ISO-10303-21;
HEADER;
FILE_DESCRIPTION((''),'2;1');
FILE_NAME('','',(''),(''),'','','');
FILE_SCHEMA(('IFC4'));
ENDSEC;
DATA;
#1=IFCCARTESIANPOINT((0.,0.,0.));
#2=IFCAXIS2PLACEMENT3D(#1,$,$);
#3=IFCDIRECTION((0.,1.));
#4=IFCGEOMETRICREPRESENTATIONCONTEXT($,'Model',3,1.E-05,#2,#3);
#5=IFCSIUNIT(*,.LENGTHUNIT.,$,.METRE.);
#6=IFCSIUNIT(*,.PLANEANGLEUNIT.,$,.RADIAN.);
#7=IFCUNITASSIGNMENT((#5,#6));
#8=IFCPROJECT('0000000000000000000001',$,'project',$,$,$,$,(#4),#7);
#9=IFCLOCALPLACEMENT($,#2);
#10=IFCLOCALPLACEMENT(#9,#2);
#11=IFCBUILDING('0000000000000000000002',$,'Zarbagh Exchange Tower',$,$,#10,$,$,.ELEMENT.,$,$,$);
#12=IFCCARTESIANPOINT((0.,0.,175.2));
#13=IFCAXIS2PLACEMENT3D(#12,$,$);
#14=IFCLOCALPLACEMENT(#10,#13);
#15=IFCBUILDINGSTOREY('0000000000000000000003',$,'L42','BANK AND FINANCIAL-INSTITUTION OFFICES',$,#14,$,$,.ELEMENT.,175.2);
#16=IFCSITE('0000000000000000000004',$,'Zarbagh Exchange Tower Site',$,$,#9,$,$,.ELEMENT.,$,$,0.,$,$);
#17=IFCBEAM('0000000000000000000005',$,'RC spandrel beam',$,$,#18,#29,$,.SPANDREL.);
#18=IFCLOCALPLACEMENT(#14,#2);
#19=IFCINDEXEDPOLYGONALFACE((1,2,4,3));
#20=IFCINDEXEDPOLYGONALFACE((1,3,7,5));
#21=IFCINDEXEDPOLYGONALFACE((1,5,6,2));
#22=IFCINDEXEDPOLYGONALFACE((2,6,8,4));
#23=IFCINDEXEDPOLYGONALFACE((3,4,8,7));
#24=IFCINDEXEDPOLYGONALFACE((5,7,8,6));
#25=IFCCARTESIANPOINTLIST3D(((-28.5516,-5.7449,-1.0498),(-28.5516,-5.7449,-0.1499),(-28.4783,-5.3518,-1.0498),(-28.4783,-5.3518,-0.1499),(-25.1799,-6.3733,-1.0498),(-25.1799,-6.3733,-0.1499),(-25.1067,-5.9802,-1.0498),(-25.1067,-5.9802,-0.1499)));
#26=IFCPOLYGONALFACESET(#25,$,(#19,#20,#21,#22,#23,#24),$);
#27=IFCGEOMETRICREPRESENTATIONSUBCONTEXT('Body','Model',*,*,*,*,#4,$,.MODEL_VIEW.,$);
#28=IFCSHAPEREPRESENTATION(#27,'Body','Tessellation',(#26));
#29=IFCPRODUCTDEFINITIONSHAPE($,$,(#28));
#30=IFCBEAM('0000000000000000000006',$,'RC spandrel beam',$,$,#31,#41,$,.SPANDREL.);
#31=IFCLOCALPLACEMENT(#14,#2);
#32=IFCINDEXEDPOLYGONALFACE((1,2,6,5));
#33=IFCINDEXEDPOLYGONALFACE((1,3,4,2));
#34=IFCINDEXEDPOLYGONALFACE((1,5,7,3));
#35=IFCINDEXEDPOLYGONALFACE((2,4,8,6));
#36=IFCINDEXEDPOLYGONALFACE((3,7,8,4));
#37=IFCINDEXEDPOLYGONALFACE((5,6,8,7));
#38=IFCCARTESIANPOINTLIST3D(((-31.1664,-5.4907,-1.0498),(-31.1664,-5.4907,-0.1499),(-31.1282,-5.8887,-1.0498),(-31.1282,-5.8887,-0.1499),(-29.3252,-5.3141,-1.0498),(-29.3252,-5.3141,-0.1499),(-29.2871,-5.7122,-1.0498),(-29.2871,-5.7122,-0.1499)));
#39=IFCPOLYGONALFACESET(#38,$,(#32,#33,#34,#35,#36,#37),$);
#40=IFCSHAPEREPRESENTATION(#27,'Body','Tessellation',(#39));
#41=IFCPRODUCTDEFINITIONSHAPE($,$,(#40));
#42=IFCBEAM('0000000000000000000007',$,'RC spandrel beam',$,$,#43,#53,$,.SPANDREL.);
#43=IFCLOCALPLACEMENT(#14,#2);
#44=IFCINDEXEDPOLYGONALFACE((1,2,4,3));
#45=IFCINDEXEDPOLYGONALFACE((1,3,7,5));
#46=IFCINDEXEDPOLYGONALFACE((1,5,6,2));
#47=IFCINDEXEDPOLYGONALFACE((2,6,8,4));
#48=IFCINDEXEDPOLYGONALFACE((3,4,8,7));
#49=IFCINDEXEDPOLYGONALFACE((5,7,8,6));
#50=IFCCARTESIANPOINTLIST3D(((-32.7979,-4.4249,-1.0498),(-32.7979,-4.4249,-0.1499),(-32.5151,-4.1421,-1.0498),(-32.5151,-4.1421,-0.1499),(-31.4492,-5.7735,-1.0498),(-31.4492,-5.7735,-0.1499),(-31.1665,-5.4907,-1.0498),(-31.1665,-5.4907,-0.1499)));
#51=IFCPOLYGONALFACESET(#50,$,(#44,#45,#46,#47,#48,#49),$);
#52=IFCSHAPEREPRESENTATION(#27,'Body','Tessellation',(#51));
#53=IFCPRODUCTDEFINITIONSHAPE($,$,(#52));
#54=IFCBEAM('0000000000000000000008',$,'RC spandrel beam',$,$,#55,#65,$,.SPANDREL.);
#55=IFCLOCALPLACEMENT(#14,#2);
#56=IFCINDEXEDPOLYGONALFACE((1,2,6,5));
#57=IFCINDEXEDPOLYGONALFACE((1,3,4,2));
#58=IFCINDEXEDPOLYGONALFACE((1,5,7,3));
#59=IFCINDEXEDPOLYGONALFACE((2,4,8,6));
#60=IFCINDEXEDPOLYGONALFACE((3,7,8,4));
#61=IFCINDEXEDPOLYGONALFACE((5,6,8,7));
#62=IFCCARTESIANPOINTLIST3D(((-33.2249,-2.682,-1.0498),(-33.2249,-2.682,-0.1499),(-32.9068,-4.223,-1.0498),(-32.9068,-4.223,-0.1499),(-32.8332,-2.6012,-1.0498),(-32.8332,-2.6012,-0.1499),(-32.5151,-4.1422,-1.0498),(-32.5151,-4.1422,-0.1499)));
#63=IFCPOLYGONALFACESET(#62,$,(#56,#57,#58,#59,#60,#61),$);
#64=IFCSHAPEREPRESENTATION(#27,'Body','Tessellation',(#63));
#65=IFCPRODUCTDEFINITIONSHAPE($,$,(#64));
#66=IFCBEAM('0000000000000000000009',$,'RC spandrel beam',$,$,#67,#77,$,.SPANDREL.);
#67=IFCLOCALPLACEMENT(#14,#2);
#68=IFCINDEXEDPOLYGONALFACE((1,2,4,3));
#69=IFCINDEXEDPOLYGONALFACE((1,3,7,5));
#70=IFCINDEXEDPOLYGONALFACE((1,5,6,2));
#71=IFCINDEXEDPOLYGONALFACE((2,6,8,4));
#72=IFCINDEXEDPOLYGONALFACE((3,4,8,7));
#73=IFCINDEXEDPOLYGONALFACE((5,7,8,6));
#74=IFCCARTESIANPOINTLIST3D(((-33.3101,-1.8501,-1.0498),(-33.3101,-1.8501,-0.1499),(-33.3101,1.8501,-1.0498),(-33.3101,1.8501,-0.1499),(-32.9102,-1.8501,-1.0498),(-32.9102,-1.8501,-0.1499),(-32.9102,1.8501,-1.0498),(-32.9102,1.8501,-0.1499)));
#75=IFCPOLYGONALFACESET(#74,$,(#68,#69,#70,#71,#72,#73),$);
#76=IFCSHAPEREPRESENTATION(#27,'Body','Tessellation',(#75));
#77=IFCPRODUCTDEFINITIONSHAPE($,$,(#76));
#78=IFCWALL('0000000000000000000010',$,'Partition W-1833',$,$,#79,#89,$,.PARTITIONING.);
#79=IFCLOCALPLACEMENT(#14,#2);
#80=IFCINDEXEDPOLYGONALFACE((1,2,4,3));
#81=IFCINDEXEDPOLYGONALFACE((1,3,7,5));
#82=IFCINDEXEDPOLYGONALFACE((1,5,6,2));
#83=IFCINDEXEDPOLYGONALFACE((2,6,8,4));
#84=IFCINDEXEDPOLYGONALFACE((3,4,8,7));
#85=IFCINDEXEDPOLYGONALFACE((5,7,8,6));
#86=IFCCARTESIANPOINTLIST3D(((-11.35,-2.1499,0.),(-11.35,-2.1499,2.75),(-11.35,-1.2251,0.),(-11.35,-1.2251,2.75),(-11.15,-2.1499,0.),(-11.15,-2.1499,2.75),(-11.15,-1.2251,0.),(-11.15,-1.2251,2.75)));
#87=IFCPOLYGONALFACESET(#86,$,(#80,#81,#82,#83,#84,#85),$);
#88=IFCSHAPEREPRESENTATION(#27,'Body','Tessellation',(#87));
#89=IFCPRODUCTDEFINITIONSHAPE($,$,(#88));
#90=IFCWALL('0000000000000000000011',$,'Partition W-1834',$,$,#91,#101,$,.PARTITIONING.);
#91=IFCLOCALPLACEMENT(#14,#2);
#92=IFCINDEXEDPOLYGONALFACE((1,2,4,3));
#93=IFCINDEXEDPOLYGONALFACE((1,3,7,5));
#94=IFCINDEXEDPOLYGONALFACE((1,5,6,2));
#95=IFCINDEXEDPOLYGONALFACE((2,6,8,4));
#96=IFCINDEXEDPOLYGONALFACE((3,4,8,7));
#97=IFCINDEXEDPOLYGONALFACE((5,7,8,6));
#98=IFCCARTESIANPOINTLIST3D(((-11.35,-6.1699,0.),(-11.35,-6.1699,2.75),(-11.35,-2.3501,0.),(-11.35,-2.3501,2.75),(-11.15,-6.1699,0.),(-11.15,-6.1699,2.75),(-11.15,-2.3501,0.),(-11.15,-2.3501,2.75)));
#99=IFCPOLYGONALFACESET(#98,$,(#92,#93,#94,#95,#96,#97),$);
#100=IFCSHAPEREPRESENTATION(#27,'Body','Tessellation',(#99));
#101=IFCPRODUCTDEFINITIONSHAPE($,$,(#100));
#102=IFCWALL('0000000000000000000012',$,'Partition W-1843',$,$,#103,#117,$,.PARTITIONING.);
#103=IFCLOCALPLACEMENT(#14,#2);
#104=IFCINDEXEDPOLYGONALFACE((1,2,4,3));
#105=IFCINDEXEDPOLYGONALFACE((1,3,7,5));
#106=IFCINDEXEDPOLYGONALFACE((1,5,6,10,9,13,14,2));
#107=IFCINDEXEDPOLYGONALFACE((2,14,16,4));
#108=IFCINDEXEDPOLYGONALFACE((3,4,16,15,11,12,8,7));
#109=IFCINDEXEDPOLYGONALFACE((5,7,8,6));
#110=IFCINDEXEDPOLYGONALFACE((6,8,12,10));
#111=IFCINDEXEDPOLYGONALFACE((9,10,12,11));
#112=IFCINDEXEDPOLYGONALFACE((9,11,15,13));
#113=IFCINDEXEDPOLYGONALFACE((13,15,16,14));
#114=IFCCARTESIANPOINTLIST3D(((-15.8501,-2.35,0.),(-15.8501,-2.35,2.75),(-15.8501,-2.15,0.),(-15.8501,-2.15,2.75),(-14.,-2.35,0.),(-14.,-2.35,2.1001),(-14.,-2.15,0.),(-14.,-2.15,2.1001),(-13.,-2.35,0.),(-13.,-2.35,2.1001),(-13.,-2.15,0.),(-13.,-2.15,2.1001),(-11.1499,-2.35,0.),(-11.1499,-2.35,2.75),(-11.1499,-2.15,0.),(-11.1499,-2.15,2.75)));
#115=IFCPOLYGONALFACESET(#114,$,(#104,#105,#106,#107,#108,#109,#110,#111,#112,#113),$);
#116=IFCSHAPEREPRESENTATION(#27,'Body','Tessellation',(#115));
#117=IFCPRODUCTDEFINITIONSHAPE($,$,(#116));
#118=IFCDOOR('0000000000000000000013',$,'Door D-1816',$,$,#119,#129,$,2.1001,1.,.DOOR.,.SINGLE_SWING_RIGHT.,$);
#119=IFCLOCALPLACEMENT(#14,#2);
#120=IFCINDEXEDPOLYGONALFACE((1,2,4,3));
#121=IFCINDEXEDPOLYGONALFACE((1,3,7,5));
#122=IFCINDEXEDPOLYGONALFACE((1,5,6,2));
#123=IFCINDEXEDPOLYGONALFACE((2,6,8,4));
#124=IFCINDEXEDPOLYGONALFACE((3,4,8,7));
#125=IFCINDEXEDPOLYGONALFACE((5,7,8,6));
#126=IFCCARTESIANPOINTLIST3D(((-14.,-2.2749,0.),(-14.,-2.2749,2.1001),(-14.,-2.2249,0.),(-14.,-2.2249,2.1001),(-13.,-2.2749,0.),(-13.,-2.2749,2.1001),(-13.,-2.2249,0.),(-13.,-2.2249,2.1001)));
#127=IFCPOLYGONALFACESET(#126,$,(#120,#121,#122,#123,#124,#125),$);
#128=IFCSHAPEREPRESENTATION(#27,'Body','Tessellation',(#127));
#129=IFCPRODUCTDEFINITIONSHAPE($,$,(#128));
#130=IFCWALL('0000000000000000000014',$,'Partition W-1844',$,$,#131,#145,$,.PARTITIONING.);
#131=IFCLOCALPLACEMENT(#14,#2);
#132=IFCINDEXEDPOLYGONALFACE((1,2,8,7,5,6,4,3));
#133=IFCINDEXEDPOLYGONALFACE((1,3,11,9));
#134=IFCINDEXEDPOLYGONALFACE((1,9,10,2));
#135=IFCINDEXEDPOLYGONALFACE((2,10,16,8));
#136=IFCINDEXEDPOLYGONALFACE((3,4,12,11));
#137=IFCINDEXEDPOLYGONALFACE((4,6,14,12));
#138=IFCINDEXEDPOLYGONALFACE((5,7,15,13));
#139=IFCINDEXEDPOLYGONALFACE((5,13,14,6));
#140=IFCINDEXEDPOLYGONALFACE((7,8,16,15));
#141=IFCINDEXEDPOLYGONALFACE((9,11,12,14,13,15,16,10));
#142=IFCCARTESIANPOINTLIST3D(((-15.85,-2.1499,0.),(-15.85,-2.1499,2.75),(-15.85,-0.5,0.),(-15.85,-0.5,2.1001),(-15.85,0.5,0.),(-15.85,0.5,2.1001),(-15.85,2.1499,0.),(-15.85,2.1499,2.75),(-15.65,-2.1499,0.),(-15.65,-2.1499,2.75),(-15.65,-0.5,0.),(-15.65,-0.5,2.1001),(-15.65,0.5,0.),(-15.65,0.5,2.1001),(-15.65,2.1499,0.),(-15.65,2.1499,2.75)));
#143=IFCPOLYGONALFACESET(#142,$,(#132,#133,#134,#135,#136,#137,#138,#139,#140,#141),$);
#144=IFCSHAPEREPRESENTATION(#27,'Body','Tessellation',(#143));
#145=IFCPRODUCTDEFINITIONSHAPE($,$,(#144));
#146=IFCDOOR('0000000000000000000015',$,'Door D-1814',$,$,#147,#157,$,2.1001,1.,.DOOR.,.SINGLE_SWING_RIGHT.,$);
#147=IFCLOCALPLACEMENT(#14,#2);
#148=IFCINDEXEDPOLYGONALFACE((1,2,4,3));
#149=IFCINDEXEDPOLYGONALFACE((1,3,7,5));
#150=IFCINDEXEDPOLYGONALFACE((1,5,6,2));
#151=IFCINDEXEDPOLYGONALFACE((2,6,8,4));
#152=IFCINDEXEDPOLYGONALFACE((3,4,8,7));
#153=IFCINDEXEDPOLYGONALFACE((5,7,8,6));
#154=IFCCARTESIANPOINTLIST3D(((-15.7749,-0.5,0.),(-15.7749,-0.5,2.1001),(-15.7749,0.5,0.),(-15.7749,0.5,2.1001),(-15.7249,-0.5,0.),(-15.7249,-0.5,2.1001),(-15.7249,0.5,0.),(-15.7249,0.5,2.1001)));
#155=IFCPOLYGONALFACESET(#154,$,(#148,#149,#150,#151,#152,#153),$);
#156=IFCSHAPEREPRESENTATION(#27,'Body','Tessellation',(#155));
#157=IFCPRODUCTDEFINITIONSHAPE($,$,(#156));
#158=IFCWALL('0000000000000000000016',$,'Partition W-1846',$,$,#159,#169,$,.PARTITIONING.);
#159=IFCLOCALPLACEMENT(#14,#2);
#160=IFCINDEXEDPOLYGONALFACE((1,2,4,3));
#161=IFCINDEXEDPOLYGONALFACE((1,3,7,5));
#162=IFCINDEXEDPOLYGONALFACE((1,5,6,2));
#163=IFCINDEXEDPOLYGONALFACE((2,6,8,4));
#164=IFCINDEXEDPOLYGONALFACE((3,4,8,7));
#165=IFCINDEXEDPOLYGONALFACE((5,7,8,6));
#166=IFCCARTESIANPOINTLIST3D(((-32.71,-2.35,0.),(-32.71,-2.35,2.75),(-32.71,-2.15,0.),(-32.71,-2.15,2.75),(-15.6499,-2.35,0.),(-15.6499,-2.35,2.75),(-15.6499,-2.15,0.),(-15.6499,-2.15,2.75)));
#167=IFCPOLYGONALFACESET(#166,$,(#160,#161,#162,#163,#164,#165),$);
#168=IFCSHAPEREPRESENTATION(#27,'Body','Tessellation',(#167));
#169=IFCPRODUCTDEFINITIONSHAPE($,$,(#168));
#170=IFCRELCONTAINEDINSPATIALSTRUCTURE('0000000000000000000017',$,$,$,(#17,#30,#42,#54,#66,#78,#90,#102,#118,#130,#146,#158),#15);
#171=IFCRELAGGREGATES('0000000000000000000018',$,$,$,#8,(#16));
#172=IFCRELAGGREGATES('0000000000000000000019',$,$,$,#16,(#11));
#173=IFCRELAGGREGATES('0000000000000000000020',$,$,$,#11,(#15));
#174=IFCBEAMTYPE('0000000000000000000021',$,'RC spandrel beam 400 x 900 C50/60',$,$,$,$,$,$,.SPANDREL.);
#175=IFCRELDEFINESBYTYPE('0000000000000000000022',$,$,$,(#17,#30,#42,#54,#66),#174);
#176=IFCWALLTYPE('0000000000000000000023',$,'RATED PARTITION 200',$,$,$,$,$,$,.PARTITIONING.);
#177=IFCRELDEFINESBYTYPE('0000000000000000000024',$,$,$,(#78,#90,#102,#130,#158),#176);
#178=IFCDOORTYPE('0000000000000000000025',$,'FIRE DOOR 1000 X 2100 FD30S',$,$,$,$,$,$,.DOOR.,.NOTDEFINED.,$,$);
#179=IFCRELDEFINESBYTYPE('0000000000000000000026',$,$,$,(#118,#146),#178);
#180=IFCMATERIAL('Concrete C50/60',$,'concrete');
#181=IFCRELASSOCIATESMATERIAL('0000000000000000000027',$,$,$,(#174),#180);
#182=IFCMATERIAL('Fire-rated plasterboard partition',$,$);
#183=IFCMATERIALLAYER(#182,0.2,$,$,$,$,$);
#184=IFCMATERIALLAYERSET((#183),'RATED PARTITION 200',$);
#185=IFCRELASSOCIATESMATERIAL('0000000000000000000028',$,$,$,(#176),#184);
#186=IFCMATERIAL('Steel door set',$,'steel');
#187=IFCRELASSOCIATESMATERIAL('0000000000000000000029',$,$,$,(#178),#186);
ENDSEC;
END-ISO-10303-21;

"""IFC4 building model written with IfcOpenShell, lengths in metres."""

from ifc_helpers import new_model, si_unit, direction, frame, frame_2d, origin, origin_2d, place, context, subcontext, project, spatial, rectangle, extrude, material, layer, layer_set, material_profile, profile_set, type_object, element, fill, save


model = new_model("IFC4")

# Units and contexts
model_context = context("Model", 3, precision=1e-05, world=origin(), true_north=direction((0.0, 1.0)))
body_context = subcontext(model_context, "Body", "Model", "MODEL_VIEW")
ifc_project = project(units=[si_unit("LENGTHUNIT", "METRE"), si_unit("PLANEANGLEUNIT", "RADIAN")], contexts=[model_context])

# Site, building, storey
site_placement = place(None, origin())
site = spatial("IfcSite", under=ifc_project, at=site_placement, Name="Zarbagh Exchange Tower Site", CompositionType="ELEMENT", RefElevation=0.0)
building_placement = place(site_placement, origin())
building = spatial("IfcBuilding", under=site, at=building_placement, Name="Zarbagh Exchange Tower", CompositionType="ELEMENT")
storey_placement = place(building_placement, frame((0.0, 0.0, 175.2)))
storey = spatial("IfcBuildingStorey", under=building, at=storey_placement, Name="L42", Description="BANK AND FINANCIAL-INSTITUTION OFFICES", CompositionType="ELEMENT", Elevation=175.2)

# Shared definitions
ifc_material_1 = material(Name="Concrete C50/60", Category="concrete")

# Beams
ifc_material_profile_1 = material_profile(ifc_material_1, rectangle(XDim=0.3999, YDim=0.8999, at=origin_2d()), Name="RC spandrel beam 400 x 900 C50/60")
ifc_profile_set_1 = profile_set([ifc_material_profile_1], Name="Concrete C50/60")
beam_type_1 = type_object("IfcBeamType", Name="RC spandrel beam 400 x 900 C50/60", PredefinedType="SPANDREL", material=ifc_profile_set_1)
beam_1_placement = place(storey_placement, frame((-25.1433, -6.1768, -0.5999), z_axis=(-0.98307, 0.183231, 0.0), x_axis=(-0.183231, -0.98307, 0.0)))
element("IfcBeam", 1, at=beam_1_placement, inside=storey, type_object=beam_type_1, Name="RC spandrel beam", PredefinedType="SPANDREL", context=body_context, shape_type="SweptSolid", body=[
    extrude(rectangle(XDim=0.3999, YDim=0.8999, at=origin_2d()), origin(), (0.0, 0.0, 1.0), 3.4297),
])
beam_2_placement = place(storey_placement, frame((-29.3062, -5.5132, -0.5999), z_axis=(-0.995435, -0.095438, 0.0), x_axis=(0.095438, -0.995435, 0.0)))
element("IfcBeam", 2, at=beam_2_placement, inside=storey, type_object=beam_type_1, Name="RC spandrel beam", PredefinedType="SPANDREL", context=body_context, shape_type="SweptSolid", body=[
    extrude(rectangle(XDim=0.3999, YDim=0.8999, at=origin_2d()), origin(), (0.0, 0.0, 1.0), 1.8496),
])
beam_3_placement = place(storey_placement, frame((-31.3079, -5.6321, -0.5999), z_axis=(-0.707107, 0.707107, 0.0), x_axis=(-0.707107, -0.707107, 0.0)))
element("IfcBeam", 3, at=beam_3_placement, inside=storey, type_object=beam_type_1, Name="RC spandrel beam", PredefinedType="SPANDREL", context=body_context, shape_type="SweptSolid", body=[
    extrude(rectangle(XDim=0.3999, YDim=0.8999, at=origin_2d()), origin(), (0.0, 0.0, 1.0), 1.9072),
])
beam_4_placement = place(storey_placement, frame((-32.7109, -4.1826, -0.5999), z_axis=(-0.202169, 0.979351, 0.0), x_axis=(-0.979351, -0.202169, 0.0)))
element("IfcBeam", 4, at=beam_4_placement, inside=storey, type_object=beam_type_1, Name="RC spandrel beam", PredefinedType="SPANDREL", context=body_context, shape_type="SweptSolid", body=[
    extrude(rectangle(XDim=0.3999, YDim=0.8999, at=origin_2d()), origin(), (0.0, 0.0, 1.0), 1.5735),
])
beam_5_placement = place(storey_placement, frame((-33.1101, -1.8501, -0.5999), z_axis=(0.0, 1.0, 0.0), x_axis=(-1.0, 0.0, 0.0)))
element("IfcBeam", 5, at=beam_5_placement, inside=storey, type_object=beam_type_1, Name="RC spandrel beam", PredefinedType="SPANDREL", context=body_context, shape_type="SweptSolid", body=[
    extrude(rectangle(XDim=0.3999, YDim=0.8999, at=origin_2d()), origin(), (0.0, 0.0, 1.0), 3.7002),
])

# Walls
ifc_material_2 = material(Name="Fire-rated plasterboard partition")
ifc_layer = layer(ifc_material_2, 0.2)
ifc_layer_set = layer_set([ifc_layer], Name="RATED PARTITION 200")
wall_type = type_object("IfcWallType", Name="RATED PARTITION 200", PredefinedType="PARTITIONING", material=ifc_layer_set)
wall_1_placement = place(storey_placement, frame((-11.25, -2.1499, 0.0), z_axis=(0.0, 0.0, 1.0), x_axis=(0.0, 1.0, 0.0)))
element("IfcWall", 6, at=wall_1_placement, inside=storey, type_object=wall_type, Name="Partition W-1833", PredefinedType="PARTITIONING", context=body_context, shape_type="SweptSolid", body=[
    extrude(rectangle(XDim=0.9248, YDim=0.2, at=frame_2d((0.4624, 0.0))), origin(), (0.0, 0.0, 1.0), 2.75),
])
wall_2_placement = place(storey_placement, frame((-11.25, -6.1699, 0.0), z_axis=(0.0, 0.0, 1.0), x_axis=(0.0, 1.0, 0.0)))
element("IfcWall", 7, at=wall_2_placement, inside=storey, type_object=wall_type, Name="Partition W-1834", PredefinedType="PARTITIONING", context=body_context, shape_type="SweptSolid", body=[
    extrude(rectangle(XDim=3.8198, YDim=0.2, at=frame_2d((1.9099, 0.0))), origin(), (0.0, 0.0, 1.0), 2.75),
])

# Walls, openings, doors
wall_3_placement = place(storey_placement, frame((-11.1499, -2.25, 0.0), z_axis=(0.0, 0.0, 1.0), x_axis=(-1.0, 0.0, 0.0)))
wall_3 = element("IfcWall", 8, at=wall_3_placement, inside=storey, type_object=wall_type, Name="Partition W-1843", PredefinedType="PARTITIONING", context=body_context, shape_type="SweptSolid", body=[
    extrude(rectangle(XDim=4.7002, YDim=0.2, at=frame_2d((2.3501, 0.0))), origin(), (0.0, 0.0, 1.0), 2.75),
])
opening_1_placement = place(wall_3_placement, frame((1.8501, 0.0, 0.0)))
opening_1 = element("IfcOpeningElement", 9, at=opening_1_placement, cuts=wall_3, PredefinedType="OPENING", context=body_context, shape_type="SweptSolid", body=[
    extrude(rectangle(XDim=1.0, YDim=2.1001, at=frame_2d((0.5, 1.05))), frame((0.0, 0.1099, 0.0), z_axis=(0.0, -1.0, 0.0), x_axis=(1.0, 0.0, 0.0)), (0.0, 0.0, 1.0), 0.22),
])
ifc_material_3 = material(Name="Steel door set", Category="steel")
door_type = type_object("IfcDoorType", Name="FIRE DOOR 1000 X 2100 FD30S", OperationType="NOTDEFINED", PredefinedType="DOOR", material=ifc_material_3)
door_1_placement = place(opening_1_placement, origin())
door_1 = element("IfcDoor", 10, at=door_1_placement, inside=storey, type_object=door_type, Name="Door D-1816", OperationType="SINGLE_SWING_RIGHT", OverallHeight=2.1001, OverallWidth=1.0, PredefinedType="DOOR", context=body_context, shape_type="SweptSolid", body=[
    extrude(rectangle(XDim=1.0, YDim=2.1001, at=frame_2d((0.5, 1.05))), frame((0.0, 0.0249, 0.0), z_axis=(0.0, -1.0, 0.0), x_axis=(1.0, 0.0, 0.0)), (0.0, 0.0, 1.0), 0.05),
])
fill(opening_1, door_1)
wall_4_placement = place(storey_placement, frame((-15.75, -2.1499, 0.0), z_axis=(0.0, 0.0, 1.0), x_axis=(0.0, 1.0, 0.0)))
wall_4 = element("IfcWall", 11, at=wall_4_placement, inside=storey, type_object=wall_type, Name="Partition W-1844", PredefinedType="PARTITIONING", context=body_context, shape_type="SweptSolid", body=[
    extrude(rectangle(XDim=4.2998, YDim=0.2, at=frame_2d((2.1499, 0.0))), origin(), (0.0, 0.0, 1.0), 2.75),
])
opening_2_placement = place(wall_4_placement, frame((1.6499, 0.0, 0.0)))
opening_2 = element("IfcOpeningElement", 12, at=opening_2_placement, cuts=wall_4, PredefinedType="OPENING", context=body_context, shape_type="SweptSolid", body=[
    extrude(rectangle(XDim=1.0, YDim=2.1001, at=frame_2d((0.5, 1.05))), frame((0.0, 0.1099, 0.0), z_axis=(0.0, -1.0, 0.0), x_axis=(1.0, 0.0, 0.0)), (0.0, 0.0, 1.0), 0.22),
])
door_2_placement = place(opening_2_placement, origin())
door_2 = element("IfcDoor", 13, at=door_2_placement, inside=storey, type_object=door_type, Name="Door D-1814", OperationType="SINGLE_SWING_RIGHT", OverallHeight=2.1001, OverallWidth=1.0, PredefinedType="DOOR", context=body_context, shape_type="SweptSolid", body=[
    extrude(rectangle(XDim=1.0, YDim=2.1001, at=frame_2d((0.5, 1.05))), frame((0.0, 0.0249, 0.0), z_axis=(0.0, -1.0, 0.0), x_axis=(1.0, 0.0, 0.0)), (0.0, 0.0, 1.0), 0.05),
])
fill(opening_2, door_2)

# Wall
wall_5_placement = place(storey_placement, frame((-32.71, -2.25, 0.0), z_axis=(0.0, 0.0, 1.0), x_axis=(1.0, 0.0, 0.0)))
element("IfcWall", 14, at=wall_5_placement, inside=storey, type_object=wall_type, Name="Partition W-1846", PredefinedType="PARTITIONING", context=body_context, shape_type="SweptSolid", body=[
    extrude(rectangle(XDim=17.0601, YDim=0.2, at=frame_2d((8.53, 0.0))), origin(), (0.0, 0.0, 1.0), 2.75),
])

save(model, "model.ifc")
